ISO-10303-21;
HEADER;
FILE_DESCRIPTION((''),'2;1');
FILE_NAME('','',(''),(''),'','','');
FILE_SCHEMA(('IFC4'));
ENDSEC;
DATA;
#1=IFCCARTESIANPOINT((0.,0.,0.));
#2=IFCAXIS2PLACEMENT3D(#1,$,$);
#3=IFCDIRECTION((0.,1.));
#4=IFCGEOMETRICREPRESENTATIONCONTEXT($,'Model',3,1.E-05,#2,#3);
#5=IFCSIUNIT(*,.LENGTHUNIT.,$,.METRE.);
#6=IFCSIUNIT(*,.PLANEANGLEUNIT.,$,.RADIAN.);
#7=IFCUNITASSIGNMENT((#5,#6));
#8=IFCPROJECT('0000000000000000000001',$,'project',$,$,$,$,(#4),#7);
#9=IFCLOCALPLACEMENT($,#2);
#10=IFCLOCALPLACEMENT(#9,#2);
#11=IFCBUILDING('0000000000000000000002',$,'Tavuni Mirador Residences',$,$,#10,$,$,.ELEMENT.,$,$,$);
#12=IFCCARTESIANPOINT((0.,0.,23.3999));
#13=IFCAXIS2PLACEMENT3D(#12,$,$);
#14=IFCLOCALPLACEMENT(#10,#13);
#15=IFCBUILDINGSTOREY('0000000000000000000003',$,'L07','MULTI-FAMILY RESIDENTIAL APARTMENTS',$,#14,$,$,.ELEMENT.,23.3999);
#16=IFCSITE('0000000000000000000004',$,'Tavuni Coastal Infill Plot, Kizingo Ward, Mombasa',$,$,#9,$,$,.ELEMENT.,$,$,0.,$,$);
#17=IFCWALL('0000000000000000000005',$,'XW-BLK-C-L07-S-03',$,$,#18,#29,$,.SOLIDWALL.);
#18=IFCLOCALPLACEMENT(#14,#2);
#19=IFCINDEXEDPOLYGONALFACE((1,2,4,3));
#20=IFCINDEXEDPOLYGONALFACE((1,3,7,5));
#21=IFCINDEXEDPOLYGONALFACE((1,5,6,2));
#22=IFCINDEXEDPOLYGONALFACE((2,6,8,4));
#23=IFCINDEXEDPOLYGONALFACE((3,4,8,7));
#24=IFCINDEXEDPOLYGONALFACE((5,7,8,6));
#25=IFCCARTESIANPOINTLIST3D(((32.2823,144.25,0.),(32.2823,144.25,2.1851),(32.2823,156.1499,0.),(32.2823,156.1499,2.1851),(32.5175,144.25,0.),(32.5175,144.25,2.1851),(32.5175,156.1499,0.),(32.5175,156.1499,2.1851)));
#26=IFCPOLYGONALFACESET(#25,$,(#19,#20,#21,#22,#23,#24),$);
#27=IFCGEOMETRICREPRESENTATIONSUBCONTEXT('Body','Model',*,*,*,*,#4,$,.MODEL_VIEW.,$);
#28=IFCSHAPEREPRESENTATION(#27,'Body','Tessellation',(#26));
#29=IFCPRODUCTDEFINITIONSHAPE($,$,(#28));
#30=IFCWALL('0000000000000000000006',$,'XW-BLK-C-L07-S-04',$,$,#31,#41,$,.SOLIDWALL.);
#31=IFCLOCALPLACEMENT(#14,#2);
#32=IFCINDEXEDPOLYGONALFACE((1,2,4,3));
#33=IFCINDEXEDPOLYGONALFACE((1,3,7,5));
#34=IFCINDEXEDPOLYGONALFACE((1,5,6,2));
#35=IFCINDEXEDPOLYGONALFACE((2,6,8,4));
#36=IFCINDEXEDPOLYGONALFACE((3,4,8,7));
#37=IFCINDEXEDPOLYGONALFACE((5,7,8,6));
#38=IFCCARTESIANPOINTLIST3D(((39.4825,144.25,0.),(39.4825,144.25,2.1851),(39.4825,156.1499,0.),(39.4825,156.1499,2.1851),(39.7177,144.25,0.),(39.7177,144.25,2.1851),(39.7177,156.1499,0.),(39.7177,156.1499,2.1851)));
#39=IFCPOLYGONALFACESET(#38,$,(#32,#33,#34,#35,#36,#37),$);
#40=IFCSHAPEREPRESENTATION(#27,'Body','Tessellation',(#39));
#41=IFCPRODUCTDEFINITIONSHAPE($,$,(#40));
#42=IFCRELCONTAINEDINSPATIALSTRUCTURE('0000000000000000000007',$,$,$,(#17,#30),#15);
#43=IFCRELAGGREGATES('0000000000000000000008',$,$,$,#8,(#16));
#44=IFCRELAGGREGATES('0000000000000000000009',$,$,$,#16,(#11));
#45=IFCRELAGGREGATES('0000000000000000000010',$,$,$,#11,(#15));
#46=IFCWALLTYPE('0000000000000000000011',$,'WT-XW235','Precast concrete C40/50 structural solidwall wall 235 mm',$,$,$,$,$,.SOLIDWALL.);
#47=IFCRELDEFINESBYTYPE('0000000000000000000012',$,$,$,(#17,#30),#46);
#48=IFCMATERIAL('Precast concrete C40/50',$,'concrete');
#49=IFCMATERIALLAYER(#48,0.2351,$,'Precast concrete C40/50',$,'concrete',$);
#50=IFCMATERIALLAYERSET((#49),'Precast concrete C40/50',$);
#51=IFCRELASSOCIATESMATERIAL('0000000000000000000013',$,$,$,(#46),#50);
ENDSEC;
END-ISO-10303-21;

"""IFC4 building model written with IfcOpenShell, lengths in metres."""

from ifc_helpers import new_model, si_unit, direction, frame, frame_2d, origin, place, context, subcontext, project, spatial, rectangle, extrude, material, layer, layer_set, type_object, element, save


model = new_model("IFC4")

# Units and contexts
model_context = context("Model", 3, precision=1e-05, world=origin(), true_north=direction((0.0, 1.0)))
body_context = subcontext(model_context, "Body", "Model", "MODEL_VIEW")
ifc_project = project(units=[si_unit("LENGTHUNIT", "METRE"), si_unit("PLANEANGLEUNIT", "RADIAN")], contexts=[model_context])

# Site, building, storey
site_placement = place(None, origin())
site = spatial("IfcSite", under=ifc_project, at=site_placement, Name="Tavuni Coastal Infill Plot, Kizingo Ward, Mombasa", CompositionType="ELEMENT", RefElevation=0.0)
building_placement = place(site_placement, origin())
building = spatial("IfcBuilding", under=site, at=building_placement, Name="Tavuni Mirador Residences", CompositionType="ELEMENT")
storey_placement = place(building_placement, frame((0.0, 0.0, 23.3999)))
storey = spatial("IfcBuildingStorey", under=building, at=storey_placement, Name="L07", Description="MULTI-FAMILY RESIDENTIAL APARTMENTS", CompositionType="ELEMENT", Elevation=23.3999)

# Shared definitions
ifc_material_1 = material(Name="Precast concrete C40/50", Category="concrete")

# Walls
ifc_layer_1 = layer(ifc_material_1, 0.2351, Name="Precast concrete C40/50", Category="concrete")
ifc_layer_set_1 = layer_set([ifc_layer_1], Name="Precast concrete C40/50")
wall_type_1 = type_object("IfcWallType", Name="WT-XW235", Description="Precast concrete C40/50 structural solidwall wall 235 mm", PredefinedType="SOLIDWALL", material=ifc_layer_set_1)
for number, where, z_axis, x_axis, name in (
    (1, (32.3999, 144.25, 0.0), (0.0, 0.0, 1.0), (0.0, 1.0, 0.0), "XW-BLK-C-L07-S-03"),
    (2, (39.6001, 144.25, 0.0), (0.0, 0.0, 1.0), (0.0, 1.0, 0.0), "XW-BLK-C-L07-S-04"),
):
    element("IfcWall", number, at=place(storey_placement, frame(where, z_axis=z_axis, x_axis=x_axis)), inside=storey, type_object=wall_type_1, Name=name, PredefinedType="SOLIDWALL", context=body_context, shape_type="SweptSolid", body=[
        extrude(rectangle(XDim=11.8999, YDim=0.2351, at=frame_2d((5.95, 0.0))), origin(), (0.0, 0.0, 1.0), 2.1851),
    ])

save(model, "model.ifc")
